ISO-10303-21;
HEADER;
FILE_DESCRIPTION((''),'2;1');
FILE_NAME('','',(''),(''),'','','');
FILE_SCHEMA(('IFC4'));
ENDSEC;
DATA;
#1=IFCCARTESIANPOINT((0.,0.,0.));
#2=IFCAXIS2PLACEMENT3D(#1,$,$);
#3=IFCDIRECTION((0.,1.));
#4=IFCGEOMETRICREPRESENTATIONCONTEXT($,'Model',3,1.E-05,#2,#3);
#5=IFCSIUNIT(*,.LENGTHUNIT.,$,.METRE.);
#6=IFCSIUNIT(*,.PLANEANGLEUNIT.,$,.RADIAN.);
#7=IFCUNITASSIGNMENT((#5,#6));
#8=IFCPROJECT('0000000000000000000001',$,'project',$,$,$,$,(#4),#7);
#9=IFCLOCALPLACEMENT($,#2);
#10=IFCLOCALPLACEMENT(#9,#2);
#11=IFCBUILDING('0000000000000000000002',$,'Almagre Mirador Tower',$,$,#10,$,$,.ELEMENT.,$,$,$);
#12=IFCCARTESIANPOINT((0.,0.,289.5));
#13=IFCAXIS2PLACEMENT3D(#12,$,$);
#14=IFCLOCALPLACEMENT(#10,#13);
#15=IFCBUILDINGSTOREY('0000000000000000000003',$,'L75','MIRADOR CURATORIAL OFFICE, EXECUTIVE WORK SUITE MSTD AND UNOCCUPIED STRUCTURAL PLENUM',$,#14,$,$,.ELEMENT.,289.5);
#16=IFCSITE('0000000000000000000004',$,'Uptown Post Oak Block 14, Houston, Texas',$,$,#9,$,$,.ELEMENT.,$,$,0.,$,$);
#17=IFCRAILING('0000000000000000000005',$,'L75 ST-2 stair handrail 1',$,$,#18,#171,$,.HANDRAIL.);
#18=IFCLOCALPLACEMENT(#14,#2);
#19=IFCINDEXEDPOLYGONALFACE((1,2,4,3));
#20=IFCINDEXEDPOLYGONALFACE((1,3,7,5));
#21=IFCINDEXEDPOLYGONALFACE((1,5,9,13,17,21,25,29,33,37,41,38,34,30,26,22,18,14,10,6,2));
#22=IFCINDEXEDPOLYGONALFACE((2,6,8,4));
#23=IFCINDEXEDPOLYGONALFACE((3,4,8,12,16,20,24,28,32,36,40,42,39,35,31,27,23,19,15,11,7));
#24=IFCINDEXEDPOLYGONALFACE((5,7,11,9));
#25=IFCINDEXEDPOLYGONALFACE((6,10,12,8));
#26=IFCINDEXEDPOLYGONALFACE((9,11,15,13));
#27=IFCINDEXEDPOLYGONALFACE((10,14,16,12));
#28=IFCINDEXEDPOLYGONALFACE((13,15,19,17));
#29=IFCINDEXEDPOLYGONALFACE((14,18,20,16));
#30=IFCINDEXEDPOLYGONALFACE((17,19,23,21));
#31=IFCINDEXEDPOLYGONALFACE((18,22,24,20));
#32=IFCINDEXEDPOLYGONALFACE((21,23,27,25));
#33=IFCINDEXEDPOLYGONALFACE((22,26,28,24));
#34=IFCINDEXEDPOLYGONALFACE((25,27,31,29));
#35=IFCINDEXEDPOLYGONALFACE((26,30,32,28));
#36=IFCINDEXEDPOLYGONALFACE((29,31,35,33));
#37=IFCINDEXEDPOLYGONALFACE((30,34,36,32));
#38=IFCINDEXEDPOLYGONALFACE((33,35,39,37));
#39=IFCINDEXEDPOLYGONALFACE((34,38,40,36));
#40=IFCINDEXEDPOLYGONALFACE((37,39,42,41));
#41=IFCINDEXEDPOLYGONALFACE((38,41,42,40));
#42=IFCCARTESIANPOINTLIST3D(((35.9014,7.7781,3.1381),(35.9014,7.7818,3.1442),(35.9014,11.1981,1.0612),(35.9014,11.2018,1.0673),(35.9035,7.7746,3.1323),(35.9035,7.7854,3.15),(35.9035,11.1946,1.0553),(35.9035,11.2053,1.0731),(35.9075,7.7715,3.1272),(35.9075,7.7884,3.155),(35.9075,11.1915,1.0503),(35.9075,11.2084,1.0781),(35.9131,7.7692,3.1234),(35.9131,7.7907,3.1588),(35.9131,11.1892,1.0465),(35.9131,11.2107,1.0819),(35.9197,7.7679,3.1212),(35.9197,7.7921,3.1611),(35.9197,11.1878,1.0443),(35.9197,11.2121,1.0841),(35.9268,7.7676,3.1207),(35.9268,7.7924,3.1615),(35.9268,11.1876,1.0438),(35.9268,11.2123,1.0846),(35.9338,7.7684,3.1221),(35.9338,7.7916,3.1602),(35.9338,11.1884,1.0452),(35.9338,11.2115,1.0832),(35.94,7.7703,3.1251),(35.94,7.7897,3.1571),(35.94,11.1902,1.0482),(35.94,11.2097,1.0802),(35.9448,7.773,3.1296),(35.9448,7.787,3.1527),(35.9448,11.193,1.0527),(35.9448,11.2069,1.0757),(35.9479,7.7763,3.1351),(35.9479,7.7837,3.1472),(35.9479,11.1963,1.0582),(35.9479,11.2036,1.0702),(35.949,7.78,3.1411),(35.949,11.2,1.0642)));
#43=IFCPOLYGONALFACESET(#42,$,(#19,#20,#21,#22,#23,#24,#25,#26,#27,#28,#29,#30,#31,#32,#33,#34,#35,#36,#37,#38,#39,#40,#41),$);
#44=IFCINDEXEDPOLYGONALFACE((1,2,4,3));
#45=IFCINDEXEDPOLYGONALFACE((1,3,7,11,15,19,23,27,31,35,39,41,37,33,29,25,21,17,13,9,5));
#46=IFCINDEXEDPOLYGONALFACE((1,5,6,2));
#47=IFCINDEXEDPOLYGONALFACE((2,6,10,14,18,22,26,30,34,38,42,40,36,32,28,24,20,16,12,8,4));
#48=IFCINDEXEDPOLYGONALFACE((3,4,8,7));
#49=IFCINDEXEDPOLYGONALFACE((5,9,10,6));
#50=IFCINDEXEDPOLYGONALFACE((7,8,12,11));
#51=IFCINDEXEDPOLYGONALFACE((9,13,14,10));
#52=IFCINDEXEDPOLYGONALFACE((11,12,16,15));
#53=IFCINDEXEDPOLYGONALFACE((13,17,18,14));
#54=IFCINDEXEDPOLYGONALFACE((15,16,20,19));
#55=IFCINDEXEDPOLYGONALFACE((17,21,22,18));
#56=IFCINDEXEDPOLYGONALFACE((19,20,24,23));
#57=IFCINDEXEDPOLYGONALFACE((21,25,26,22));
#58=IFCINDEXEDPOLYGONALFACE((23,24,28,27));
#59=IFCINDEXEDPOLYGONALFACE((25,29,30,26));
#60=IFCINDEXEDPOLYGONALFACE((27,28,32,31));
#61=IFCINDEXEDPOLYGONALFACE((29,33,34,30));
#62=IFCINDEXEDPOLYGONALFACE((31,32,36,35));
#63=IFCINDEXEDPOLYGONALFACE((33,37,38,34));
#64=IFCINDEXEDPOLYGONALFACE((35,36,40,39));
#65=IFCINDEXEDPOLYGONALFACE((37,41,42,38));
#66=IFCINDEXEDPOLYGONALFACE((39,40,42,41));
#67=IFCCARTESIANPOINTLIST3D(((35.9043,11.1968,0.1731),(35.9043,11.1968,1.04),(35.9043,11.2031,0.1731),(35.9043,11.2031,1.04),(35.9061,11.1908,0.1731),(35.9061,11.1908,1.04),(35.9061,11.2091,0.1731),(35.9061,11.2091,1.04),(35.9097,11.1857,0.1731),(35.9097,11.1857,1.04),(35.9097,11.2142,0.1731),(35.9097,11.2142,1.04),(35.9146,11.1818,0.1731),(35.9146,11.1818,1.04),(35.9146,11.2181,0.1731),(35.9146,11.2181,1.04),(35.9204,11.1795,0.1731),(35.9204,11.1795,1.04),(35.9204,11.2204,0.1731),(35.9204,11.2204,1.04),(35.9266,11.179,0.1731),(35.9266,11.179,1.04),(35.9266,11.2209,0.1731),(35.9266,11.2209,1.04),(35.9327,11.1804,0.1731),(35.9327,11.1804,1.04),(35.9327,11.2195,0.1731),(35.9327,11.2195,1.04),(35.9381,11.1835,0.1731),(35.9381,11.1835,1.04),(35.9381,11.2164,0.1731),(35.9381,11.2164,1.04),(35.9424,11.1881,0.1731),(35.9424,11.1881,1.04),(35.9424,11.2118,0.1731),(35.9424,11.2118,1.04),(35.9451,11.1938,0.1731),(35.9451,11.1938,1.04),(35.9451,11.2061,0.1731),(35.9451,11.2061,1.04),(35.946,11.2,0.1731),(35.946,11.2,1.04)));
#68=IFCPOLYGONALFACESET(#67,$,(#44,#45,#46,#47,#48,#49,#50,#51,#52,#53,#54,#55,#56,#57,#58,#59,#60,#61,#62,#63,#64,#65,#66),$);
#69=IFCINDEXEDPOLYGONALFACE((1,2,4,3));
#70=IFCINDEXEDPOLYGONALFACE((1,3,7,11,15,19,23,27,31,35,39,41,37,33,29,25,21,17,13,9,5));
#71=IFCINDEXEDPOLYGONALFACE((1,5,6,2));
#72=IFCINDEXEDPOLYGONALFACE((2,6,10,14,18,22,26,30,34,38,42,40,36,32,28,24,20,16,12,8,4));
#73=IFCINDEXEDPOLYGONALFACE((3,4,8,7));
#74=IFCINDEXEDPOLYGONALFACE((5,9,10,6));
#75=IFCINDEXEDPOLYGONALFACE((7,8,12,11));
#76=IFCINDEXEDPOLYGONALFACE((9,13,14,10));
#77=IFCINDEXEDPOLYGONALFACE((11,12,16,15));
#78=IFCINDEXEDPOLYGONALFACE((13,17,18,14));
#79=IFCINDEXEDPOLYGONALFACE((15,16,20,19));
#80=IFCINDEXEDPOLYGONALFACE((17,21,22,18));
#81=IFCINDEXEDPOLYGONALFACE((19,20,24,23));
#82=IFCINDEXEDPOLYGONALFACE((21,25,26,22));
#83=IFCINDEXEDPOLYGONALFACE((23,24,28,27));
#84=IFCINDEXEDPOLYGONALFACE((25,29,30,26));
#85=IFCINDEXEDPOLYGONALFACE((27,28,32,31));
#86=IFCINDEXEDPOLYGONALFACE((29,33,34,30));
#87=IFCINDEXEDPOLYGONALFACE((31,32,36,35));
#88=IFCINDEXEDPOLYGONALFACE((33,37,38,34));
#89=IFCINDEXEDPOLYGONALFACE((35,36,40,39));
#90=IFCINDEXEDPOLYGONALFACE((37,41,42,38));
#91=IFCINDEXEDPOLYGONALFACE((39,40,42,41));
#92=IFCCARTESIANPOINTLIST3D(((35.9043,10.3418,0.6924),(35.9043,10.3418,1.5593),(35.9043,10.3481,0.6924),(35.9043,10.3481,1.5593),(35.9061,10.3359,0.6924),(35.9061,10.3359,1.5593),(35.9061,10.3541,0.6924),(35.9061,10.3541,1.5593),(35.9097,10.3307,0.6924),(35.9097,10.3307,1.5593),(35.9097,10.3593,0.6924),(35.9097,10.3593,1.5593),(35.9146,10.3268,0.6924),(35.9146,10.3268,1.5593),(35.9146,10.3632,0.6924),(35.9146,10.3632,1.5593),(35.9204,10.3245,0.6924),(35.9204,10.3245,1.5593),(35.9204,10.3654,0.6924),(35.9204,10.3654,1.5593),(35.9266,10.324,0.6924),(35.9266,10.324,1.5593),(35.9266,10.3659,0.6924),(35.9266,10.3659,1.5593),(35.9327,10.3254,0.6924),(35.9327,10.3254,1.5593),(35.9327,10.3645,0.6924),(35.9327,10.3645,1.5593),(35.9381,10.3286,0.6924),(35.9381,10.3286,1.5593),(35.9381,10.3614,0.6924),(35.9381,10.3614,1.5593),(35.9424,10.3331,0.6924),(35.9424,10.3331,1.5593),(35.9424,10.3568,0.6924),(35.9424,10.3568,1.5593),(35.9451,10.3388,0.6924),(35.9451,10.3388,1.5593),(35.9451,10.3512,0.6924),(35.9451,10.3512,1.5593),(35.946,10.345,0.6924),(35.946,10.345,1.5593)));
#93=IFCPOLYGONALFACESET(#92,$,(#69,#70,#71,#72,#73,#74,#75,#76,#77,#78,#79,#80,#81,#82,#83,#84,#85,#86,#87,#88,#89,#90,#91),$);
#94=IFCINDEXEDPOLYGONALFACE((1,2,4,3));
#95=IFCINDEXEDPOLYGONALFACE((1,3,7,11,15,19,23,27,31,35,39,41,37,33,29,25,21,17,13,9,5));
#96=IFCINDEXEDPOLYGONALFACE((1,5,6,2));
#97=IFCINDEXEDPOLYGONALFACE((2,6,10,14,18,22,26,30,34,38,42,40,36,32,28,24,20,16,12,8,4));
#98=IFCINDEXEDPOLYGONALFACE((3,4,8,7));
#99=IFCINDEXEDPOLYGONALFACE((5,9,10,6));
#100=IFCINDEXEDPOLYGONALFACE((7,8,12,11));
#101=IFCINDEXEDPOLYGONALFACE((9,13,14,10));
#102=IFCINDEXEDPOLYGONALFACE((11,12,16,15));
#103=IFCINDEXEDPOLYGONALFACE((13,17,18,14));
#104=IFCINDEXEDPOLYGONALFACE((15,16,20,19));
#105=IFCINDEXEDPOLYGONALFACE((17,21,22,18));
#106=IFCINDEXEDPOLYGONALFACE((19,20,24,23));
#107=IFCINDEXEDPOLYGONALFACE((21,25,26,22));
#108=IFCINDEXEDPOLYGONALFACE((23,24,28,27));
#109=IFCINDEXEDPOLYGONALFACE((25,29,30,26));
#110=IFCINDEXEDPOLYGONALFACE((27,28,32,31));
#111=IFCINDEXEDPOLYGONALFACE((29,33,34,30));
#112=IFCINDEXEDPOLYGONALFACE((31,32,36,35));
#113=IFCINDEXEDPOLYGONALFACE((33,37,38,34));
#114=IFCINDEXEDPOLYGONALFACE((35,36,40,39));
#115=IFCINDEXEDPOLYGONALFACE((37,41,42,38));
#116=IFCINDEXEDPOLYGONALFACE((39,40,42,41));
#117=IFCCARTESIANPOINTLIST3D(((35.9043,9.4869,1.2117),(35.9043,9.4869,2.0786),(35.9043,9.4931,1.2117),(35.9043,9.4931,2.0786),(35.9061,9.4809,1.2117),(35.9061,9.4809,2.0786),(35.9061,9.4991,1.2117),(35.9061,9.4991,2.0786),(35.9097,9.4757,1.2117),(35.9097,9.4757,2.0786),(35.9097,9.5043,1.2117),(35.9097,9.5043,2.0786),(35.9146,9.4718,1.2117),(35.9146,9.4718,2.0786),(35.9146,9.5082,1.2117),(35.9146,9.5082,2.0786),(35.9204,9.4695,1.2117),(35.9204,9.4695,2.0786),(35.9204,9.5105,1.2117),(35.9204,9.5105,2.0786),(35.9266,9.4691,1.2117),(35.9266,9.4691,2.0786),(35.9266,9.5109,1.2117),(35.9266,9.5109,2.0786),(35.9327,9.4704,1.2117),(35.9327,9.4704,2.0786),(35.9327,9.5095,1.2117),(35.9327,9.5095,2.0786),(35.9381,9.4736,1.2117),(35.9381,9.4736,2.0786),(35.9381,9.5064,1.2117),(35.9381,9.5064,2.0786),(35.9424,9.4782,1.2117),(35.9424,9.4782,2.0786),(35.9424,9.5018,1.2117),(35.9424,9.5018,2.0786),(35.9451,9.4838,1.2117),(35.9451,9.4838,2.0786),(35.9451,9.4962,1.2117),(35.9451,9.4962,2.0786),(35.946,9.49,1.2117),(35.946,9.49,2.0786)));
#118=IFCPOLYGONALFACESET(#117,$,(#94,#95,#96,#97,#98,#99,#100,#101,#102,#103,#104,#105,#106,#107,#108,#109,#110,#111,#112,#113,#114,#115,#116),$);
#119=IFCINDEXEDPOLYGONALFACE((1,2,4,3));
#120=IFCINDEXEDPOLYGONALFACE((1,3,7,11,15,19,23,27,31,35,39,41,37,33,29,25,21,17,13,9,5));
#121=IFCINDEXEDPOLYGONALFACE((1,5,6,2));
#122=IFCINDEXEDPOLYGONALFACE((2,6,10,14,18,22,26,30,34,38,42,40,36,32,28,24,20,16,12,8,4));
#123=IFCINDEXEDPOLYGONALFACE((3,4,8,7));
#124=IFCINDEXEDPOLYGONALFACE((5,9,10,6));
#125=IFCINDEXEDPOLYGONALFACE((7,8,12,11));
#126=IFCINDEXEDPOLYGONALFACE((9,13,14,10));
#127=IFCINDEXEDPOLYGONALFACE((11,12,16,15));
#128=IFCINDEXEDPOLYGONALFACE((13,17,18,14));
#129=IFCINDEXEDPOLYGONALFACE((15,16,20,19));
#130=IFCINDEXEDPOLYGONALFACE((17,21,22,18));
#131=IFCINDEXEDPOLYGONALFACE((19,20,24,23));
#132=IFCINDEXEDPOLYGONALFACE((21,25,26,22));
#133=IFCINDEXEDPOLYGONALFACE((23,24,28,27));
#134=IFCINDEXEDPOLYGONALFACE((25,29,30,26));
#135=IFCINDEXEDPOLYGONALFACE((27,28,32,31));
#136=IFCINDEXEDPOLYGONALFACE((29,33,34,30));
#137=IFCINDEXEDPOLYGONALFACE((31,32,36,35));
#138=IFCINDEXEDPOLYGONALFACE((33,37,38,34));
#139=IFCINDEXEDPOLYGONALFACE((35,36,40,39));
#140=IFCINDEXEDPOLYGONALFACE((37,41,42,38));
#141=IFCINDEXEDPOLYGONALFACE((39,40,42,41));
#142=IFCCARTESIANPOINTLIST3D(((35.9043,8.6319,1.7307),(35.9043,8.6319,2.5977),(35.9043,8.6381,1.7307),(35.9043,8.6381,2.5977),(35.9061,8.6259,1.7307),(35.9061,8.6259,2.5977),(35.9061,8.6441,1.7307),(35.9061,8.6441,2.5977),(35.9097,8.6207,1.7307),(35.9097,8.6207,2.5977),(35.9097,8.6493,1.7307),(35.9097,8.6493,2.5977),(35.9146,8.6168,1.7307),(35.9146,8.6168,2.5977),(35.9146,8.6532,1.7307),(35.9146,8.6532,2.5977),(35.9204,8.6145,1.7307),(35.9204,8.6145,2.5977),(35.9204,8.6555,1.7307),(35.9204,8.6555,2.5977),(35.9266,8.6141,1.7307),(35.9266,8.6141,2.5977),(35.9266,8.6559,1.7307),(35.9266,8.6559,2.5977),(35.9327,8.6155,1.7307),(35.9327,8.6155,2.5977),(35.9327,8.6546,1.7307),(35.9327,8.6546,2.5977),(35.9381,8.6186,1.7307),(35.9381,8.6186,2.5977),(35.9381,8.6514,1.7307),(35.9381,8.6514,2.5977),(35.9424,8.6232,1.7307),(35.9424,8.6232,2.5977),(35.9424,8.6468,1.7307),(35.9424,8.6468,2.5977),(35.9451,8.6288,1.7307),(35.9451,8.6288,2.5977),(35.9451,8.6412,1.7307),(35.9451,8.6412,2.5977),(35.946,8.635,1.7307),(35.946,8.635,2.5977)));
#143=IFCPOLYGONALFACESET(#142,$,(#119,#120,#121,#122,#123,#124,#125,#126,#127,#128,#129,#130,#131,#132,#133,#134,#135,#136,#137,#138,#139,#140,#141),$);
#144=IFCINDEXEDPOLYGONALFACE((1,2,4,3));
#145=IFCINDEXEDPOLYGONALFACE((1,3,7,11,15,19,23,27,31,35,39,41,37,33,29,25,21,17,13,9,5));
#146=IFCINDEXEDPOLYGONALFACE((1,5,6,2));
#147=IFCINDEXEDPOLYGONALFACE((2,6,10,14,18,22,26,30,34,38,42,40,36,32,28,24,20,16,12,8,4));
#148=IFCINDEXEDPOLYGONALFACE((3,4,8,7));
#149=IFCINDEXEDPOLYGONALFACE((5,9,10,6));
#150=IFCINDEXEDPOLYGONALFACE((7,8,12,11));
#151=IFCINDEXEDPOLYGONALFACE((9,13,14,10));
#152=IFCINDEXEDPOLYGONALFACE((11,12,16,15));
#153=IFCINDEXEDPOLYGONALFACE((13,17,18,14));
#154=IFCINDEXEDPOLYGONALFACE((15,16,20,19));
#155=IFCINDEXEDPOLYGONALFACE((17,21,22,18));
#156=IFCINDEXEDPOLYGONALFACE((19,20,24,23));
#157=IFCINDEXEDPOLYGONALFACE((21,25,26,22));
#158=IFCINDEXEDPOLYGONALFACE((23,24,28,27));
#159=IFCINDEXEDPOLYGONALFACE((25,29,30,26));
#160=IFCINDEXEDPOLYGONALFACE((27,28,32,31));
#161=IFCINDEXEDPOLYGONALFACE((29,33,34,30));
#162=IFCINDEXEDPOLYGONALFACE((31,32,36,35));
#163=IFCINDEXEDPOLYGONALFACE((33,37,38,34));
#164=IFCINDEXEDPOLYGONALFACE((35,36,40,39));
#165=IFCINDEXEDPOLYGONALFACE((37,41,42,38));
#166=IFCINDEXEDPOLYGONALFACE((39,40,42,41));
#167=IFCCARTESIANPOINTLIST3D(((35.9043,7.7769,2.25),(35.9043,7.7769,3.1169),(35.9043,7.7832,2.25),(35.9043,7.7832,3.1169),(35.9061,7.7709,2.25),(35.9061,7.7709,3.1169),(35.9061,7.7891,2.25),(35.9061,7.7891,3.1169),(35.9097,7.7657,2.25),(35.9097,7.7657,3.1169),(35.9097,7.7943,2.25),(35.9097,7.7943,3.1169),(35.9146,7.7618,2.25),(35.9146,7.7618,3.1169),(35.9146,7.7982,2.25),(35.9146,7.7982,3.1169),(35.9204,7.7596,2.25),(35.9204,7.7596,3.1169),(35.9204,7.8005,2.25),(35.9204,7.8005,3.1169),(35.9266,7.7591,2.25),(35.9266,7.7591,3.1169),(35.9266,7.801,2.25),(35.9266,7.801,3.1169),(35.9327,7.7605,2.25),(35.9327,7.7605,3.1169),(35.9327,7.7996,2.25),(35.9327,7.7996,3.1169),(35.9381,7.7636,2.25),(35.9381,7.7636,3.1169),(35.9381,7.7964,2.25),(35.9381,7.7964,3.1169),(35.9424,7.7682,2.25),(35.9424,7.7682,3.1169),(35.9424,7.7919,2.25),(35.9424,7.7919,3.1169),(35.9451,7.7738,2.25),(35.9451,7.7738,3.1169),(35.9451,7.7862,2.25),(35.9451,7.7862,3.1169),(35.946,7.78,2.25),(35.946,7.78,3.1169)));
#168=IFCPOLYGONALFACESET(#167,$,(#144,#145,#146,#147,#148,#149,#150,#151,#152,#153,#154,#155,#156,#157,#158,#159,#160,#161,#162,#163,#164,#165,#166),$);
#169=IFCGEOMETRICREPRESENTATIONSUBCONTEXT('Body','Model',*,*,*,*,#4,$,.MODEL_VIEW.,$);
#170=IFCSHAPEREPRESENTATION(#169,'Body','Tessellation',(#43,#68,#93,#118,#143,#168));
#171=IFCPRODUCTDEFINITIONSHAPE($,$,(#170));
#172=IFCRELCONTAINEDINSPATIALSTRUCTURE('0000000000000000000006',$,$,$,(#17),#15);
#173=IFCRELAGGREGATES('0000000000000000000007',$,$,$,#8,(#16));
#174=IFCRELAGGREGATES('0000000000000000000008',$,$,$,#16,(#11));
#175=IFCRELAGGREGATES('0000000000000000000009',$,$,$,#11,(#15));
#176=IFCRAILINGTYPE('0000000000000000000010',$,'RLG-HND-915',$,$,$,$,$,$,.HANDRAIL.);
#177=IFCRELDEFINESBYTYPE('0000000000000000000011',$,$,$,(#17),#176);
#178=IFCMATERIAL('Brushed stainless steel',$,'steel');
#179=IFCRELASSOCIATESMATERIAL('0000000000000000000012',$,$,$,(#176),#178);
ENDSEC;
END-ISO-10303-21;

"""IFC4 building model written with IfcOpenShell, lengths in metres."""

from ifc_helpers import new_model, si_unit, direction, frame, origin, origin_2d, place, context, subcontext, project, spatial, circle, extrude, material, type_object, element, save


model = new_model("IFC4")

# Units and contexts
model_context = context("Model", 3, precision=1e-05, world=origin(), true_north=direction((0.0, 1.0)))
body_context = subcontext(model_context, "Body", "Model", "MODEL_VIEW")
ifc_project = project(units=[si_unit("LENGTHUNIT", "METRE"), si_unit("PLANEANGLEUNIT", "RADIAN")], contexts=[model_context])

# Site, building, storey
site_placement = place(None, origin())
site = spatial("IfcSite", under=ifc_project, at=site_placement, Name="Uptown Post Oak Block 14, Houston, Texas", CompositionType="ELEMENT", RefElevation=0.0)
building_placement = place(site_placement, origin())
building = spatial("IfcBuilding", under=site, at=building_placement, Name="Almagre Mirador Tower", CompositionType="ELEMENT")
storey_placement = place(building_placement, frame((0.0, 0.0, 289.5)))
storey = spatial("IfcBuildingStorey", under=building, at=storey_placement, Name="L75", Description="MIRADOR CURATORIAL OFFICE, EXECUTIVE WORK SUITE MSTD AND UNOCCUPIED STRUCTURAL PLENUM", CompositionType="ELEMENT", Elevation=289.5)

# Railing
ifc_material_1 = material(Name="Brushed stainless steel", Category="steel")
railing_type = type_object("IfcRailingType", Name="RLG-HND-915", PredefinedType="HANDRAIL", material=ifc_material_1)
railing_1_placement = place(storey_placement, frame((35.925, 11.2, 0.1731)))
element("IfcRailing", 1, at=railing_1_placement, inside=storey, type_object=railing_type, Name="L75 ST-2 stair handrail 1", PredefinedType="HANDRAIL", context=body_context, shape_type="SweptSolid", body=[
    extrude(circle(Radius=0.0239, at=origin_2d()), frame((0.0, 0.0, 0.8911), z_axis=(0.0, -0.85473, 0.519074), x_axis=(1.0, 0.0, 0.0)), (0.0, 0.0, 1.0), 4.0012),
    extrude(circle(Radius=0.021, at=origin_2d()), origin(), (0.0, 0.0, 1.0), 0.8669),
    extrude(circle(Radius=0.021, at=origin_2d()), frame((0.0, -0.855, 0.5193)), (0.0, 0.0, 1.0), 0.8669),
    extrude(circle(Radius=0.021, at=origin_2d()), frame((0.0, -1.71, 1.0386)), (0.0, 0.0, 1.0), 0.8669),
    extrude(circle(Radius=0.021, at=origin_2d()), frame((0.0, -2.5649, 1.5576)), (0.0, 0.0, 1.0), 0.8669),
    extrude(circle(Radius=0.021, at=origin_2d()), frame((0.0, -3.4199, 2.0769)), (0.0, 0.0, 1.0), 0.8669),
])

save(model, "model.ifc")
